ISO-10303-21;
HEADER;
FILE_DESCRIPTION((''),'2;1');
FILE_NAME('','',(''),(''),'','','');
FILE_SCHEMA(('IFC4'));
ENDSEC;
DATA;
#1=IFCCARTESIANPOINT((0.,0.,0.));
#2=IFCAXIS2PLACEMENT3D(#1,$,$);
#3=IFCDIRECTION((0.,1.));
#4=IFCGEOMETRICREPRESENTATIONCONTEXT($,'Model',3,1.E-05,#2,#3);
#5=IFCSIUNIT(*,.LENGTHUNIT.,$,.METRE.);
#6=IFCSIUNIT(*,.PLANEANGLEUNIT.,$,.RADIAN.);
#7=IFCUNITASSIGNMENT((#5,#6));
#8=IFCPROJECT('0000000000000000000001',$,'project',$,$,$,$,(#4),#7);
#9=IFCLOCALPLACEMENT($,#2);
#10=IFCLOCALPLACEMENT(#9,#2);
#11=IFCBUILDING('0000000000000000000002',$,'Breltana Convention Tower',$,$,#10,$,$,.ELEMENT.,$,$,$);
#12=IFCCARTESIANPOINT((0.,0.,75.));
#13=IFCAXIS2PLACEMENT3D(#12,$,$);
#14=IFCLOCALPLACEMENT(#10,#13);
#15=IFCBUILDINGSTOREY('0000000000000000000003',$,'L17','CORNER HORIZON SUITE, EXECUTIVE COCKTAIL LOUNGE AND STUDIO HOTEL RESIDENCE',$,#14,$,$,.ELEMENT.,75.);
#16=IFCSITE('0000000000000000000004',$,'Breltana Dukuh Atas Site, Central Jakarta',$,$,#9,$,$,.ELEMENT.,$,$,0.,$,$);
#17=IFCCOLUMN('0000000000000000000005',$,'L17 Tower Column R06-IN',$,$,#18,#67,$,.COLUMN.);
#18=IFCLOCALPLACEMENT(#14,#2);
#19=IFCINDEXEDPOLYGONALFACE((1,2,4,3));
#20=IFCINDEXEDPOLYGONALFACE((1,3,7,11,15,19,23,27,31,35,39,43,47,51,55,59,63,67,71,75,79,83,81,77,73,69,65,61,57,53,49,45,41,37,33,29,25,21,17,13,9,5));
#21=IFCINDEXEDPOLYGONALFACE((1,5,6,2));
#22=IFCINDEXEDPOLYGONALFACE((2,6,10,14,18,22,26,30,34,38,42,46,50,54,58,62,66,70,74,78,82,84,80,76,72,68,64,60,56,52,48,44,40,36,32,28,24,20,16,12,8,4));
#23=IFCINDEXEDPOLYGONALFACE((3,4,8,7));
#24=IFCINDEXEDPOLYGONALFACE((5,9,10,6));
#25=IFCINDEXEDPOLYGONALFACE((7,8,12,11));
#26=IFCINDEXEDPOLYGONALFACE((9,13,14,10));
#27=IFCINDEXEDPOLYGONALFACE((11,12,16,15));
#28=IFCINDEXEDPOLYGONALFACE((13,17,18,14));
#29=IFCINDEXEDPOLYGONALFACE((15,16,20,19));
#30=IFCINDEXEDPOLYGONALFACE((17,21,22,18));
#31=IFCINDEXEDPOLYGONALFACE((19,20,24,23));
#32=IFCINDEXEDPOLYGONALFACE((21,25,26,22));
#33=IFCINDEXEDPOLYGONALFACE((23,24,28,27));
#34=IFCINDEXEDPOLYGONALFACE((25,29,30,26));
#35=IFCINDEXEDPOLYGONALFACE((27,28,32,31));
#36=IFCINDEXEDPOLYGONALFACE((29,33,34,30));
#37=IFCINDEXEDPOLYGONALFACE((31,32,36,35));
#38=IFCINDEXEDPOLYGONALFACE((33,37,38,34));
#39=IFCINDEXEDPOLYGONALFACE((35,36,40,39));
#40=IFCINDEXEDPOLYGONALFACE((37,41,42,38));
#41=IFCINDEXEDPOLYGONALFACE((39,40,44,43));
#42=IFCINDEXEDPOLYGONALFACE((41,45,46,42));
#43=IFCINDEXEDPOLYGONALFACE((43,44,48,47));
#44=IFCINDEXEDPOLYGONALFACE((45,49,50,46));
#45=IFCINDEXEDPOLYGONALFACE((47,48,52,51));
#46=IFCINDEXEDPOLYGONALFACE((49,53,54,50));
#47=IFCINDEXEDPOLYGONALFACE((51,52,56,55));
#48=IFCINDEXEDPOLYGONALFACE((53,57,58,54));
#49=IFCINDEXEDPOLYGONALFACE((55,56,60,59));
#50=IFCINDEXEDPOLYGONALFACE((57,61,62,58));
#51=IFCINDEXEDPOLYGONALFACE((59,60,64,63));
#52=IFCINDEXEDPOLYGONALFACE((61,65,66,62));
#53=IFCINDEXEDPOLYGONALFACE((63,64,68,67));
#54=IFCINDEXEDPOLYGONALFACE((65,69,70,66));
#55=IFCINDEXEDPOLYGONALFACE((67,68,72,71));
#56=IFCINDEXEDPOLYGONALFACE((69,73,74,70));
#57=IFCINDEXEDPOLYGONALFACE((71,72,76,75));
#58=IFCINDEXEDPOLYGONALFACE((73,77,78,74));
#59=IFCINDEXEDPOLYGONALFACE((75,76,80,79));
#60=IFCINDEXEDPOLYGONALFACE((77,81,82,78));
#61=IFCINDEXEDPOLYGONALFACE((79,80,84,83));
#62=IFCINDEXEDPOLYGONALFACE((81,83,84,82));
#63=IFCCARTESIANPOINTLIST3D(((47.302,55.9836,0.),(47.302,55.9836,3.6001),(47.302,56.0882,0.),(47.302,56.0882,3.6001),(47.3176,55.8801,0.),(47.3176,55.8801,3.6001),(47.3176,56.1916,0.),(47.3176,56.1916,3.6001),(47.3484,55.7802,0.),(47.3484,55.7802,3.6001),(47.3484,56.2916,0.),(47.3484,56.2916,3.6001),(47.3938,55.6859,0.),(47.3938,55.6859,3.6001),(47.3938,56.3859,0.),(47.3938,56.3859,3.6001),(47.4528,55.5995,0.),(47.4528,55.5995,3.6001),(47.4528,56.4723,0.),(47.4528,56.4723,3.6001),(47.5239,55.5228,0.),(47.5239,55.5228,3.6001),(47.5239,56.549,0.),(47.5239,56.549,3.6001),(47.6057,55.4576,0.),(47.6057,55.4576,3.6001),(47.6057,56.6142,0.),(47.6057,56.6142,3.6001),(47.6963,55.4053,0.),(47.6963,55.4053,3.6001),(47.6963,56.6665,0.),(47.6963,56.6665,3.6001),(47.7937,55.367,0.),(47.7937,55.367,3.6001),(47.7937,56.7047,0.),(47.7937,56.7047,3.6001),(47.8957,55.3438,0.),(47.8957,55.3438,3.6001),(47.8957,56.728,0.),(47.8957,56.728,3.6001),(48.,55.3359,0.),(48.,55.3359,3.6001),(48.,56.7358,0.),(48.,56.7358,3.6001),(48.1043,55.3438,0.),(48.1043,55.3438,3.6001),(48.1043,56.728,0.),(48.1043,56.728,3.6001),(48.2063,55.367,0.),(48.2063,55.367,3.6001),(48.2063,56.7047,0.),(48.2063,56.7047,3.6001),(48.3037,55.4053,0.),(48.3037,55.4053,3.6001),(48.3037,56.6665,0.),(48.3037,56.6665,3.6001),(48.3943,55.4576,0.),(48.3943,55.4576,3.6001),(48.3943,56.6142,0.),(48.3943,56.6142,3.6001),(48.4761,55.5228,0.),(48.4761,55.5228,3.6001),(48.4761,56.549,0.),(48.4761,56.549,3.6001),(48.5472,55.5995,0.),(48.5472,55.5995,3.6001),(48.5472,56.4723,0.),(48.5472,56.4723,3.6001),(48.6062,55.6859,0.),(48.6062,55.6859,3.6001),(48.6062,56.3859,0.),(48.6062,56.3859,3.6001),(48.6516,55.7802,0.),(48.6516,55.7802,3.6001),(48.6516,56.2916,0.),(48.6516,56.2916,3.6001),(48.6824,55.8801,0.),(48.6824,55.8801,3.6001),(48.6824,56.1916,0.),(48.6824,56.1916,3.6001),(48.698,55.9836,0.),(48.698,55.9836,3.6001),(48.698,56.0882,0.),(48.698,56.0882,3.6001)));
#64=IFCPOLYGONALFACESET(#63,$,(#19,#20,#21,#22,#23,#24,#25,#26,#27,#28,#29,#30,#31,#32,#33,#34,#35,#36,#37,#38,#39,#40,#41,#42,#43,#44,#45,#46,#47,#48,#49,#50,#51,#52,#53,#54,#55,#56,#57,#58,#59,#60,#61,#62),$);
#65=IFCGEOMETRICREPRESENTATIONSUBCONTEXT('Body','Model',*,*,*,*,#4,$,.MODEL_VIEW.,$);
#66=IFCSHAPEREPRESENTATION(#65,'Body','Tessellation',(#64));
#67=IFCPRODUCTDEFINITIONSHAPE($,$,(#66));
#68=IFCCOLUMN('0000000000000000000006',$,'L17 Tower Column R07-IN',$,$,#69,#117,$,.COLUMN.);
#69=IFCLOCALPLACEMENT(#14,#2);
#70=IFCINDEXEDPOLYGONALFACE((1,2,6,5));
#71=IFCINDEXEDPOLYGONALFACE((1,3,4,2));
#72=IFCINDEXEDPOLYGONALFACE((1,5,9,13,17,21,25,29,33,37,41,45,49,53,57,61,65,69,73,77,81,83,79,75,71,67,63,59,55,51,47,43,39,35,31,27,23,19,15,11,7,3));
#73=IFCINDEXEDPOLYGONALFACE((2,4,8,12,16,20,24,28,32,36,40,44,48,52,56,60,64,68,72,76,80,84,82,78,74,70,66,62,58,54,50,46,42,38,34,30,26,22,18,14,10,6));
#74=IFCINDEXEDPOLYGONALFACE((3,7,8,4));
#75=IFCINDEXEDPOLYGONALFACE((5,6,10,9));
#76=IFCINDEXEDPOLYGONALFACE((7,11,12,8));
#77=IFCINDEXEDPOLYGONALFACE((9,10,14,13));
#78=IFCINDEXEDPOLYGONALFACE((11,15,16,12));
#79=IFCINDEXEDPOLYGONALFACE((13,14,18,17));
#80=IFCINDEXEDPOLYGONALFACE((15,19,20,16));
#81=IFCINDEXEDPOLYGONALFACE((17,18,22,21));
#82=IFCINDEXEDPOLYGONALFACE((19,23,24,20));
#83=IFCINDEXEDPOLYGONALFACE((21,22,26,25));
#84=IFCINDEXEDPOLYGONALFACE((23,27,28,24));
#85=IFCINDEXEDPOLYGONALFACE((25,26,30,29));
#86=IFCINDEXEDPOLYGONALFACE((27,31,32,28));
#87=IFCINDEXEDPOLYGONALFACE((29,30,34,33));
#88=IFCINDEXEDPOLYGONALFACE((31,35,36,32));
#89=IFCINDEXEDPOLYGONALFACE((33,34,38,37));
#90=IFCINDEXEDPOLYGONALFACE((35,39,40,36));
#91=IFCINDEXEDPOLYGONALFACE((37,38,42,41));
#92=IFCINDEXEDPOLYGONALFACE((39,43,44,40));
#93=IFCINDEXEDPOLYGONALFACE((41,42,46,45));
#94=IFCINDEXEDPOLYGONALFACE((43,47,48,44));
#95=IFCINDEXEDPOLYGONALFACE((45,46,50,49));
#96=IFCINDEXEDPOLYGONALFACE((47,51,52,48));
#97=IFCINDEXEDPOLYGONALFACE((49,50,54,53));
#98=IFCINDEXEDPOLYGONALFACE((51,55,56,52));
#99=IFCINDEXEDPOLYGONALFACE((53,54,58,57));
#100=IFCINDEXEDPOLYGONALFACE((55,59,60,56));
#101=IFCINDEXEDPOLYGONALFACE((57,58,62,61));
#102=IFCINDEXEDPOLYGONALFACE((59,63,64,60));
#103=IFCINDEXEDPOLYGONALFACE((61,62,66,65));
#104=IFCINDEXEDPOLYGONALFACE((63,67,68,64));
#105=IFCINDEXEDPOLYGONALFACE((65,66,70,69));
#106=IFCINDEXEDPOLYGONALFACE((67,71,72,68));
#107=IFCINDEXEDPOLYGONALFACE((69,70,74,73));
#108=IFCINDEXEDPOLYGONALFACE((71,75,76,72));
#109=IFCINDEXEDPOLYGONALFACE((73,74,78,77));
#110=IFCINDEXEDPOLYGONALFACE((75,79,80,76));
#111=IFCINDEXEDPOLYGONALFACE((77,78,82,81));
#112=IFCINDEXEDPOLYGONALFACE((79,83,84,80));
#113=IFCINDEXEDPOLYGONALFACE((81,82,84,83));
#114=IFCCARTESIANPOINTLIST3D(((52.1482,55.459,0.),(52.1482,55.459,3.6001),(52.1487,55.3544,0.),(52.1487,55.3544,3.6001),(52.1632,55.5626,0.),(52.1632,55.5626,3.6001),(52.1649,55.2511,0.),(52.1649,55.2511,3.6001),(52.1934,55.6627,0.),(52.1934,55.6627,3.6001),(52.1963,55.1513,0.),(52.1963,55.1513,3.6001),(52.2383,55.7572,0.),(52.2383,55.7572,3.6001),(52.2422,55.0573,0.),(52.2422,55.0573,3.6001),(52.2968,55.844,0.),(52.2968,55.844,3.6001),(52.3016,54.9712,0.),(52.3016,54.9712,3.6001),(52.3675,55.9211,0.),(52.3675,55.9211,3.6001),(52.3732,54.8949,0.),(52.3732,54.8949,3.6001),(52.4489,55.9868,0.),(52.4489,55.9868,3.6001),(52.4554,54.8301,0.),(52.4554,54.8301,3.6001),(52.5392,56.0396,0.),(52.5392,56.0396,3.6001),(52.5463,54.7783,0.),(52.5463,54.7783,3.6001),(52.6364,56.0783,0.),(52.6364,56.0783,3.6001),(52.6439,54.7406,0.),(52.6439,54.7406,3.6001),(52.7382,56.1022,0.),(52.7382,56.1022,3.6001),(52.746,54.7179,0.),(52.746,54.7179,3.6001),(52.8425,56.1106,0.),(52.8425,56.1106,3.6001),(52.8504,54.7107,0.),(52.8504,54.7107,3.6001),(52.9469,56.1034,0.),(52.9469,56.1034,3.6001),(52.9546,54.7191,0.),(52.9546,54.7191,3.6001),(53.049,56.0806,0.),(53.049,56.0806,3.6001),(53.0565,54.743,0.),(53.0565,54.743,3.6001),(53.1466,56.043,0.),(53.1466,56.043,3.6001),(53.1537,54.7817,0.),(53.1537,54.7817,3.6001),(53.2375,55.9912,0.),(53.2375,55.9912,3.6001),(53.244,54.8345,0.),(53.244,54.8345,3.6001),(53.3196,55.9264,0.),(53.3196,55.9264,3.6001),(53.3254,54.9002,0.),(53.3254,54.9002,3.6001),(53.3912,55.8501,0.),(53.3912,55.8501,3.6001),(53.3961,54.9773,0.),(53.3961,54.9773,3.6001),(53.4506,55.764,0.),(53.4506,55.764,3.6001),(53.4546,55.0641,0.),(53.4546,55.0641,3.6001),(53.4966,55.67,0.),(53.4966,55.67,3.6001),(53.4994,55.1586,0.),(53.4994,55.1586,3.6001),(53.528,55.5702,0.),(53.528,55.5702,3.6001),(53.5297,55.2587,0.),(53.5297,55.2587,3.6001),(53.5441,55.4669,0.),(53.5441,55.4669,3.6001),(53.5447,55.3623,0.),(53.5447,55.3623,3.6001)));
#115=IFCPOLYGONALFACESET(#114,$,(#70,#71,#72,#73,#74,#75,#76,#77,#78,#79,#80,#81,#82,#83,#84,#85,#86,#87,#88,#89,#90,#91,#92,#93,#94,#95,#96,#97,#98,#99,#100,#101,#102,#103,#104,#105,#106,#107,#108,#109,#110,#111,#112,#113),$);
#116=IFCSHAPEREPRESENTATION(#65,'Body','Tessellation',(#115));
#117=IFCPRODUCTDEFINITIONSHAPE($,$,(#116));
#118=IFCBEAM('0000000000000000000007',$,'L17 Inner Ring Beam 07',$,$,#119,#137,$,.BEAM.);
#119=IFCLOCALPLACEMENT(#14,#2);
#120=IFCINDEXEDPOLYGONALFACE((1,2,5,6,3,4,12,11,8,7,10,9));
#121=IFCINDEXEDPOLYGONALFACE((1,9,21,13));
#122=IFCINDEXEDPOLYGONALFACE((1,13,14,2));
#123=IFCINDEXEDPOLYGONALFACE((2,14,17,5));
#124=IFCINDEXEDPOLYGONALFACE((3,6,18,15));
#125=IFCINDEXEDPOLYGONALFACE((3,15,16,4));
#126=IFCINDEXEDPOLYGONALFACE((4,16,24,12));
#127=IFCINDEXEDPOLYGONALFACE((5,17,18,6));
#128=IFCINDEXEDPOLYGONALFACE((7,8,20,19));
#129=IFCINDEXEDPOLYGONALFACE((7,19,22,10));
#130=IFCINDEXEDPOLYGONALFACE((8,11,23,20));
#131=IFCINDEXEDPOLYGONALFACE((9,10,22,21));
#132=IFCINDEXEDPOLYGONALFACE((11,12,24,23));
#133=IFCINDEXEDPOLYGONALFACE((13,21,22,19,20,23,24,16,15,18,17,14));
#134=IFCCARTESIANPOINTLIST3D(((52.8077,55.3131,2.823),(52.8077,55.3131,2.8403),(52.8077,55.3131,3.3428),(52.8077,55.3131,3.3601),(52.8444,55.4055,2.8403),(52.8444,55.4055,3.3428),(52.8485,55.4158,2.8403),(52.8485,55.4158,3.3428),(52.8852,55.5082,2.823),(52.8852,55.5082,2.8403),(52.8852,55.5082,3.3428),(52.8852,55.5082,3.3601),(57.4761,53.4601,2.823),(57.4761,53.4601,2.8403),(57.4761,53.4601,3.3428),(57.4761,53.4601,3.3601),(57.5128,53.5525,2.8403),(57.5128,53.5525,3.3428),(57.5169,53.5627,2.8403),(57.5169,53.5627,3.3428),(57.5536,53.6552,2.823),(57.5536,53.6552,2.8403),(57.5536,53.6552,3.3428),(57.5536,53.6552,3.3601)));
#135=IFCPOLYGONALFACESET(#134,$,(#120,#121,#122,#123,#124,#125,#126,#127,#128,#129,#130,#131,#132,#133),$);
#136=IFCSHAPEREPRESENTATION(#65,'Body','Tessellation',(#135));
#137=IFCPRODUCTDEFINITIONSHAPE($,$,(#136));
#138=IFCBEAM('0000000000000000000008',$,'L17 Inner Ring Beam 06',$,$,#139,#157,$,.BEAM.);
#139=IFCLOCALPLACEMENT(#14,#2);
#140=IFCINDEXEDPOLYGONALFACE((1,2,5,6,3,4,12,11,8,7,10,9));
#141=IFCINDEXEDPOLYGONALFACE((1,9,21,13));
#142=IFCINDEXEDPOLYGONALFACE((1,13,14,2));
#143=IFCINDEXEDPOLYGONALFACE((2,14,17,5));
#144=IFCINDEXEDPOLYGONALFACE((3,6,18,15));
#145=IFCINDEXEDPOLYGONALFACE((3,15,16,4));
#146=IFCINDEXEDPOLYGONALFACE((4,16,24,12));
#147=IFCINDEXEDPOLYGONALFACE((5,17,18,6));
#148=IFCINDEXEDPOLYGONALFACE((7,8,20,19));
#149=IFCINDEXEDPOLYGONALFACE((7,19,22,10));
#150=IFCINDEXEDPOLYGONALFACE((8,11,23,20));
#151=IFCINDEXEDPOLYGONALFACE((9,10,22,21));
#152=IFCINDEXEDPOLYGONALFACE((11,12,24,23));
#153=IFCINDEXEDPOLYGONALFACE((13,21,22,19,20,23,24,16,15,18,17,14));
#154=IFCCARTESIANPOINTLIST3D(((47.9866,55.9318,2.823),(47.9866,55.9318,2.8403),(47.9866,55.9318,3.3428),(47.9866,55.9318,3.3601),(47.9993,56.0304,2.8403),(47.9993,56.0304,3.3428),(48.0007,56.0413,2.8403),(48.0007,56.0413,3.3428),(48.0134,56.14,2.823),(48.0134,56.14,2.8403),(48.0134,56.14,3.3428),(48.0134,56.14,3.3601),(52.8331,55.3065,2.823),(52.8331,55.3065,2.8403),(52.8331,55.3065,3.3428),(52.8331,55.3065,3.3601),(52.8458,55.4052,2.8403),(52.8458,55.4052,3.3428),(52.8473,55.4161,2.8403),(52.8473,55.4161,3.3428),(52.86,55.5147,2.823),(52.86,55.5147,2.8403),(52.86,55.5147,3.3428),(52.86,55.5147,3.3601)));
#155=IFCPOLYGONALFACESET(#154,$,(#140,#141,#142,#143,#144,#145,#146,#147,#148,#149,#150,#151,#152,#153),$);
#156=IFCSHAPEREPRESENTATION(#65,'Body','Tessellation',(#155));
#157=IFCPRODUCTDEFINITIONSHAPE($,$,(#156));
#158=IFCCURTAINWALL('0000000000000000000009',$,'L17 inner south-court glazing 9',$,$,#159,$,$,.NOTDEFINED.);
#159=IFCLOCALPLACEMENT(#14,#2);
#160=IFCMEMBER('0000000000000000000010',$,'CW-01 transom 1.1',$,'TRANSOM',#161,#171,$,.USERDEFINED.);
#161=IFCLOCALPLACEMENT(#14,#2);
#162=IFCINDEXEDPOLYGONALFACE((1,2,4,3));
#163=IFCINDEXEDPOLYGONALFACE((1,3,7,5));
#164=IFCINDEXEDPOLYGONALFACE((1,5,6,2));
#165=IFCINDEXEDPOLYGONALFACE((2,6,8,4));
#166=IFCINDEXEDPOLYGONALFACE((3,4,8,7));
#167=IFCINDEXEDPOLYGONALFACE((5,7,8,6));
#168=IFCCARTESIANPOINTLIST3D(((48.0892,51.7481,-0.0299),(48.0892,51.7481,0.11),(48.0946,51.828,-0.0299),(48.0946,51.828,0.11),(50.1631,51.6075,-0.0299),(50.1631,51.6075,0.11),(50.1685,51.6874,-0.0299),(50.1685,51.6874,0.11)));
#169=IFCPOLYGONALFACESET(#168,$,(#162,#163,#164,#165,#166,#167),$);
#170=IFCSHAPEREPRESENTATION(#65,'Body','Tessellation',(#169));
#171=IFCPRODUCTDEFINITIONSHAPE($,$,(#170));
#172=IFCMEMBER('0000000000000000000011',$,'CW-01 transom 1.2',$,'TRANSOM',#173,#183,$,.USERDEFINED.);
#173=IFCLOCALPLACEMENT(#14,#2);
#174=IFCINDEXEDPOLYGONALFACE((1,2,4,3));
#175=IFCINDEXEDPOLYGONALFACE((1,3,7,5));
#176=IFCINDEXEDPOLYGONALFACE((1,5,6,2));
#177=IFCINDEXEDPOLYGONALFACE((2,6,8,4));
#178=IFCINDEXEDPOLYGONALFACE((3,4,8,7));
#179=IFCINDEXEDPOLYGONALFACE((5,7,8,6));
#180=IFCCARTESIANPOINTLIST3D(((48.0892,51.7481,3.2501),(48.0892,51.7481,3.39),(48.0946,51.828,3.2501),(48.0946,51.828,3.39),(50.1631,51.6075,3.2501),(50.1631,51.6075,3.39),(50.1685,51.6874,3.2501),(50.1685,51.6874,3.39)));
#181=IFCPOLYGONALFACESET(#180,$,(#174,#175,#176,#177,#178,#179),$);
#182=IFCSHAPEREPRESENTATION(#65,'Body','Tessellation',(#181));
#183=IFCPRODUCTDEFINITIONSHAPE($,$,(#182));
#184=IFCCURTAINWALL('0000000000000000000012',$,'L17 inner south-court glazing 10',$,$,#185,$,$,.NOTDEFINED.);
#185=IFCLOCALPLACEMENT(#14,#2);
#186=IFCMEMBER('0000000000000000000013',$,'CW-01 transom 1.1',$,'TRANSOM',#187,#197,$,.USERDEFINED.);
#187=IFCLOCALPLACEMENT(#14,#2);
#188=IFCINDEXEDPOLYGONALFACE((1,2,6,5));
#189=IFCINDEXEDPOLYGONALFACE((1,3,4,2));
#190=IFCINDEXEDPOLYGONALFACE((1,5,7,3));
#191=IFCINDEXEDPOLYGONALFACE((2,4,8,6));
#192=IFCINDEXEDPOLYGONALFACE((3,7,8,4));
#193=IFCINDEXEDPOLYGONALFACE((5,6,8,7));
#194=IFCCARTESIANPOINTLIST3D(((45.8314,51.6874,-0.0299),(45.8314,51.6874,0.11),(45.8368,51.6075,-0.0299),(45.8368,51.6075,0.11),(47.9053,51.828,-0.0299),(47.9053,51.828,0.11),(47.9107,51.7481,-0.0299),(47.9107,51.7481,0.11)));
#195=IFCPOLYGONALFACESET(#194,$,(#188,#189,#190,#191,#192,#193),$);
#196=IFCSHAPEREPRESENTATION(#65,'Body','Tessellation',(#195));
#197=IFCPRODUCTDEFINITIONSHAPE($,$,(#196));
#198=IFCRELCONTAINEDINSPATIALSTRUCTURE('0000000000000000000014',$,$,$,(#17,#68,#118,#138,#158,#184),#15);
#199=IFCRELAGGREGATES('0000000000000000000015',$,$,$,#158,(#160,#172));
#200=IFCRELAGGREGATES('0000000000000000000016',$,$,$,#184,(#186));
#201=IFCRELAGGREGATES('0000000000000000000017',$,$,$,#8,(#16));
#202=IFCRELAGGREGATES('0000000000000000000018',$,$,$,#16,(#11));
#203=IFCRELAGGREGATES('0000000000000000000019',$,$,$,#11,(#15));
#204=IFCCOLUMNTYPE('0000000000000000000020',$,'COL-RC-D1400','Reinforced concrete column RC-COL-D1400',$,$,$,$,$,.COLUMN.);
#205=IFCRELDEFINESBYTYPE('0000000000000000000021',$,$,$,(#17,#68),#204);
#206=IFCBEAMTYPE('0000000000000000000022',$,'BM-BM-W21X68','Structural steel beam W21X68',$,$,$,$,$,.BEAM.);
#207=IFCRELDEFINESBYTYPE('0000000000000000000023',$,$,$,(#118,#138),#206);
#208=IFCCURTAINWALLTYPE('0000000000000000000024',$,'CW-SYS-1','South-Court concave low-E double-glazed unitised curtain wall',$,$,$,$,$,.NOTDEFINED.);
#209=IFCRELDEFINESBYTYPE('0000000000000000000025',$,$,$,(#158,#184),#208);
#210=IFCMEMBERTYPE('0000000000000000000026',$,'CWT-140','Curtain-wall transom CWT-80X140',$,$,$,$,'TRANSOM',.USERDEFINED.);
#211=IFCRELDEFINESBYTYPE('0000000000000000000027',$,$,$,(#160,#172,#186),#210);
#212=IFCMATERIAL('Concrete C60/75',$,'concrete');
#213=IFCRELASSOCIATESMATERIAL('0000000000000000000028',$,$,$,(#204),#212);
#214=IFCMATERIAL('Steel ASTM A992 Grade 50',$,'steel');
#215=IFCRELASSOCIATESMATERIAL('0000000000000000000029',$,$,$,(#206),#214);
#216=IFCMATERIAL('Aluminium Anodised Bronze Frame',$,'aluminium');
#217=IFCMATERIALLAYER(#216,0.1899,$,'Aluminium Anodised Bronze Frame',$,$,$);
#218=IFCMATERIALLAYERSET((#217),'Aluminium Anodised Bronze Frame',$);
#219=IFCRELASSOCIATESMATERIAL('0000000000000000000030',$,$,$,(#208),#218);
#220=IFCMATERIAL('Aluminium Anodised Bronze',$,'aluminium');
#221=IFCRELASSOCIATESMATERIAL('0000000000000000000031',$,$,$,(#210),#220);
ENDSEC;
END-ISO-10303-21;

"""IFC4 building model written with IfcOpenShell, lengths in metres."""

from ifc_helpers import new_model, si_unit, direction, frame, origin, origin_2d, place, context, subcontext, project, spatial, rectangle, circle, i_section, extrude, source, transform, mapped, material, layer, layer_set, material_profile, profile_set, type_object, element, aggregate, save


model = new_model("IFC4")

# Units and contexts
model_context = context("Model", 3, precision=1e-05, world=origin(), true_north=direction((0.0, 1.0)))
body_context = subcontext(model_context, "Body", "Model", "MODEL_VIEW")
ifc_project = project(units=[si_unit("LENGTHUNIT", "METRE"), si_unit("PLANEANGLEUNIT", "RADIAN")], contexts=[model_context])

# Site, building, storey
site_placement = place(None, origin())
site = spatial("IfcSite", under=ifc_project, at=site_placement, Name="Breltana Dukuh Atas Site, Central Jakarta", CompositionType="ELEMENT", RefElevation=0.0)
building_placement = place(site_placement, origin())
building = spatial("IfcBuilding", under=site, at=building_placement, Name="Breltana Convention Tower", CompositionType="ELEMENT")
storey_placement = place(building_placement, frame((0.0, 0.0, 75.0)))
storey = spatial("IfcBuildingStorey", under=building, at=storey_placement, Name="L17", Description="CORNER HORIZON SUITE, EXECUTIVE COCKTAIL LOUNGE AND STUDIO HOTEL RESIDENCE", CompositionType="ELEMENT", Elevation=75.0)

# Columns
ifc_material_1 = material(Name="Concrete C60/75", Category="concrete")
ifc_material_profile_1 = material_profile(ifc_material_1, circle(Radius=0.7, at=origin_2d()), Name="RC-COL-D1400")
ifc_profile_set_1 = profile_set([ifc_material_profile_1], Name="Concrete C60/75")
column_type = type_object("IfcColumnType", Name="COL-RC-D1400", Description="Reinforced concrete column RC-COL-D1400", PredefinedType="COLUMN", material=ifc_profile_set_1)
shared_shape_1 = source(origin(), body_context, "Body", "SweptSolid", [
    extrude(circle(Radius=0.7, at=origin_2d()), origin(), (0.0, 0.0, 1.0), 3.6001),
])
for number, where, z_axis, x_axis, name in (
    (1, (48.0, 56.0359, 0.0), (0.0, 0.0, 1.0), (0.0, 1.0, 0.0), "L17 Tower Column R06-IN"),
    (2, (52.8464, 55.4106, 0.0), (0.0, 0.0, 1.0), (0.143493, 0.989651, 0.0), "L17 Tower Column R07-IN"),
):
    element("IfcColumn", number, at=place(storey_placement, frame(where, z_axis=z_axis, x_axis=x_axis)), inside=storey, type_object=column_type, Name=name, PredefinedType="COLUMN", context=body_context, shape_type="MappedRepresentation", body=[
        mapped(shared_shape_1, transform((0.0, 0.0, 0.0), scale=1.0)),
    ])

# Beams
ifc_material_2 = material(Name="Steel ASTM A992 Grade 50", Category="steel")
ifc_material_profile_2 = material_profile(ifc_material_2, i_section(OverallWidth=0.21, OverallDepth=0.5371, WebThickness=0.011, FlangeThickness=0.0173, at=origin_2d()), Name="W21X68")
ifc_profile_set_2 = profile_set([ifc_material_profile_2], Name="Steel ASTM A992 Grade 50")
beam_type = type_object("IfcBeamType", Name="BM-BM-W21X68", Description="Structural steel beam W21X68", PredefinedType="BEAM", material=ifc_profile_set_2)
shared_shape_2 = source(origin(), body_context, "Body", "SweptSolid", [
    extrude(i_section(OverallWidth=0.21, OverallDepth=0.5371, WebThickness=0.011, FlangeThickness=0.0173, at=origin_2d()), origin(), (0.0, 0.0, 1.0), 5.0227),
])
beam_1_placement = place(storey_placement, frame((52.8464, 55.4106, 3.0916), z_axis=(0.929459, -0.368926, 0.0), x_axis=(0.368926, 0.929459, 0.0)))
element("IfcBeam", 3, at=beam_1_placement, inside=storey, type_object=beam_type, Name="L17 Inner Ring Beam 07", PredefinedType="BEAM", context=body_context, shape_type="MappedRepresentation", body=[
    mapped(shared_shape_2, transform((0.0, 0.0, 0.0), scale=1.0)),
])
shared_shape_3 = source(origin(), body_context, "Body", "SweptSolid", [
    extrude(i_section(OverallWidth=0.21, OverallDepth=0.5371, WebThickness=0.011, FlangeThickness=0.0173, at=origin_2d()), origin(), (0.0, 0.0, 1.0), 4.8867),
])
beam_2_placement = place(storey_placement, frame((48.0, 56.0359, 3.0916), z_axis=(0.991781, -0.127951, 0.0), x_axis=(0.127951, 0.991781, 0.0)))
element("IfcBeam", 4, at=beam_2_placement, inside=storey, type_object=beam_type, Name="L17 Inner Ring Beam 06", PredefinedType="BEAM", context=body_context, shape_type="MappedRepresentation", body=[
    mapped(shared_shape_3, transform((0.0, 0.0, 0.0), scale=1.0)),
])

# Curtain walls, members
ifc_material_3 = material(Name="Aluminium Anodised Bronze Frame", Category="aluminium")
ifc_layer_1 = layer(ifc_material_3, 0.1899, Name="Aluminium Anodised Bronze Frame")
ifc_layer_set_1 = layer_set([ifc_layer_1], Name="Aluminium Anodised Bronze Frame")
curtain_wall_type = type_object("IfcCurtainWallType", Name="CW-SYS-1", Description="South-Court concave low-E double-glazed unitised curtain wall", PredefinedType="NOTDEFINED", material=ifc_layer_set_1)
curtain_wall_1_placement = place(storey_placement, origin())
curtain_wall_1 = element("IfcCurtainWall", 5, at=curtain_wall_1_placement, inside=storey, type_object=curtain_wall_type, Name="L17 inner south-court glazing 9", PredefinedType="NOTDEFINED")
ifc_material_4 = material(Name="Aluminium Anodised Bronze", Category="aluminium")
ifc_material_profile_3 = material_profile(ifc_material_4, rectangle(XDim=0.0801, YDim=0.1399, at=origin_2d()), Name="CWT-80X140")
ifc_profile_set_3 = profile_set([ifc_material_profile_3], Name="Aluminium Anodised Bronze")
member_type_1 = type_object("IfcMemberType", Name="CWT-140", Description="Curtain-wall transom CWT-80X140", ElementType="TRANSOM", PredefinedType="USERDEFINED", material=ifc_profile_set_3)
shared_shape_4 = source(origin(), body_context, "Body", "SweptSolid", [
    extrude(rectangle(XDim=0.0801, YDim=0.1399, at=origin_2d()), origin(), (0.0, 0.0, 1.0), 2.0786),
])
member_1_placement = place(storey_placement, frame((50.1658, 51.6475, 0.04), z_axis=(-0.997709, 0.067657, 0.0), x_axis=(-0.067657, -0.997709, 0.0)))
member_1 = element("IfcMember", 6, at=member_1_placement, type_object=member_type_1, Name="CW-01 transom 1.1", ObjectType="TRANSOM", PredefinedType="USERDEFINED", context=body_context, shape_type="MappedRepresentation", body=[
    mapped(shared_shape_4, transform((0.0, 0.0, 0.0), scale=1.0)),
])
member_2_placement = place(storey_placement, frame((50.1658, 51.6475, 3.3201), z_axis=(-0.997709, 0.067657, 0.0), x_axis=(-0.067657, -0.997709, 0.0)))
member_2 = element("IfcMember", 7, at=member_2_placement, type_object=member_type_1, Name="CW-01 transom 1.2", ObjectType="TRANSOM", PredefinedType="USERDEFINED", context=body_context, shape_type="MappedRepresentation", body=[
    mapped(shared_shape_4, transform((0.0, 0.0, 0.0), scale=1.0)),
])
curtain_wall_2_placement = place(storey_placement, origin())
curtain_wall_2 = element("IfcCurtainWall", 8, at=curtain_wall_2_placement, inside=storey, type_object=curtain_wall_type, Name="L17 inner south-court glazing 10", PredefinedType="NOTDEFINED")
member_3_placement = place(storey_placement, frame((47.908, 51.7881, 0.04), z_axis=(-0.997709, -0.067657, 0.0), x_axis=(0.067657, -0.997709, 0.0)))
member_3 = element("IfcMember", 9, at=member_3_placement, type_object=member_type_1, Name="CW-01 transom 1.1", ObjectType="TRANSOM", PredefinedType="USERDEFINED", context=body_context, shape_type="MappedRepresentation", body=[
    mapped(shared_shape_4, transform((0.0, 0.0, 0.0), scale=1.0)),
])

aggregate(curtain_wall_1, [member_1, member_2])
aggregate(curtain_wall_2, [member_3])

save(model, "model.ifc")
